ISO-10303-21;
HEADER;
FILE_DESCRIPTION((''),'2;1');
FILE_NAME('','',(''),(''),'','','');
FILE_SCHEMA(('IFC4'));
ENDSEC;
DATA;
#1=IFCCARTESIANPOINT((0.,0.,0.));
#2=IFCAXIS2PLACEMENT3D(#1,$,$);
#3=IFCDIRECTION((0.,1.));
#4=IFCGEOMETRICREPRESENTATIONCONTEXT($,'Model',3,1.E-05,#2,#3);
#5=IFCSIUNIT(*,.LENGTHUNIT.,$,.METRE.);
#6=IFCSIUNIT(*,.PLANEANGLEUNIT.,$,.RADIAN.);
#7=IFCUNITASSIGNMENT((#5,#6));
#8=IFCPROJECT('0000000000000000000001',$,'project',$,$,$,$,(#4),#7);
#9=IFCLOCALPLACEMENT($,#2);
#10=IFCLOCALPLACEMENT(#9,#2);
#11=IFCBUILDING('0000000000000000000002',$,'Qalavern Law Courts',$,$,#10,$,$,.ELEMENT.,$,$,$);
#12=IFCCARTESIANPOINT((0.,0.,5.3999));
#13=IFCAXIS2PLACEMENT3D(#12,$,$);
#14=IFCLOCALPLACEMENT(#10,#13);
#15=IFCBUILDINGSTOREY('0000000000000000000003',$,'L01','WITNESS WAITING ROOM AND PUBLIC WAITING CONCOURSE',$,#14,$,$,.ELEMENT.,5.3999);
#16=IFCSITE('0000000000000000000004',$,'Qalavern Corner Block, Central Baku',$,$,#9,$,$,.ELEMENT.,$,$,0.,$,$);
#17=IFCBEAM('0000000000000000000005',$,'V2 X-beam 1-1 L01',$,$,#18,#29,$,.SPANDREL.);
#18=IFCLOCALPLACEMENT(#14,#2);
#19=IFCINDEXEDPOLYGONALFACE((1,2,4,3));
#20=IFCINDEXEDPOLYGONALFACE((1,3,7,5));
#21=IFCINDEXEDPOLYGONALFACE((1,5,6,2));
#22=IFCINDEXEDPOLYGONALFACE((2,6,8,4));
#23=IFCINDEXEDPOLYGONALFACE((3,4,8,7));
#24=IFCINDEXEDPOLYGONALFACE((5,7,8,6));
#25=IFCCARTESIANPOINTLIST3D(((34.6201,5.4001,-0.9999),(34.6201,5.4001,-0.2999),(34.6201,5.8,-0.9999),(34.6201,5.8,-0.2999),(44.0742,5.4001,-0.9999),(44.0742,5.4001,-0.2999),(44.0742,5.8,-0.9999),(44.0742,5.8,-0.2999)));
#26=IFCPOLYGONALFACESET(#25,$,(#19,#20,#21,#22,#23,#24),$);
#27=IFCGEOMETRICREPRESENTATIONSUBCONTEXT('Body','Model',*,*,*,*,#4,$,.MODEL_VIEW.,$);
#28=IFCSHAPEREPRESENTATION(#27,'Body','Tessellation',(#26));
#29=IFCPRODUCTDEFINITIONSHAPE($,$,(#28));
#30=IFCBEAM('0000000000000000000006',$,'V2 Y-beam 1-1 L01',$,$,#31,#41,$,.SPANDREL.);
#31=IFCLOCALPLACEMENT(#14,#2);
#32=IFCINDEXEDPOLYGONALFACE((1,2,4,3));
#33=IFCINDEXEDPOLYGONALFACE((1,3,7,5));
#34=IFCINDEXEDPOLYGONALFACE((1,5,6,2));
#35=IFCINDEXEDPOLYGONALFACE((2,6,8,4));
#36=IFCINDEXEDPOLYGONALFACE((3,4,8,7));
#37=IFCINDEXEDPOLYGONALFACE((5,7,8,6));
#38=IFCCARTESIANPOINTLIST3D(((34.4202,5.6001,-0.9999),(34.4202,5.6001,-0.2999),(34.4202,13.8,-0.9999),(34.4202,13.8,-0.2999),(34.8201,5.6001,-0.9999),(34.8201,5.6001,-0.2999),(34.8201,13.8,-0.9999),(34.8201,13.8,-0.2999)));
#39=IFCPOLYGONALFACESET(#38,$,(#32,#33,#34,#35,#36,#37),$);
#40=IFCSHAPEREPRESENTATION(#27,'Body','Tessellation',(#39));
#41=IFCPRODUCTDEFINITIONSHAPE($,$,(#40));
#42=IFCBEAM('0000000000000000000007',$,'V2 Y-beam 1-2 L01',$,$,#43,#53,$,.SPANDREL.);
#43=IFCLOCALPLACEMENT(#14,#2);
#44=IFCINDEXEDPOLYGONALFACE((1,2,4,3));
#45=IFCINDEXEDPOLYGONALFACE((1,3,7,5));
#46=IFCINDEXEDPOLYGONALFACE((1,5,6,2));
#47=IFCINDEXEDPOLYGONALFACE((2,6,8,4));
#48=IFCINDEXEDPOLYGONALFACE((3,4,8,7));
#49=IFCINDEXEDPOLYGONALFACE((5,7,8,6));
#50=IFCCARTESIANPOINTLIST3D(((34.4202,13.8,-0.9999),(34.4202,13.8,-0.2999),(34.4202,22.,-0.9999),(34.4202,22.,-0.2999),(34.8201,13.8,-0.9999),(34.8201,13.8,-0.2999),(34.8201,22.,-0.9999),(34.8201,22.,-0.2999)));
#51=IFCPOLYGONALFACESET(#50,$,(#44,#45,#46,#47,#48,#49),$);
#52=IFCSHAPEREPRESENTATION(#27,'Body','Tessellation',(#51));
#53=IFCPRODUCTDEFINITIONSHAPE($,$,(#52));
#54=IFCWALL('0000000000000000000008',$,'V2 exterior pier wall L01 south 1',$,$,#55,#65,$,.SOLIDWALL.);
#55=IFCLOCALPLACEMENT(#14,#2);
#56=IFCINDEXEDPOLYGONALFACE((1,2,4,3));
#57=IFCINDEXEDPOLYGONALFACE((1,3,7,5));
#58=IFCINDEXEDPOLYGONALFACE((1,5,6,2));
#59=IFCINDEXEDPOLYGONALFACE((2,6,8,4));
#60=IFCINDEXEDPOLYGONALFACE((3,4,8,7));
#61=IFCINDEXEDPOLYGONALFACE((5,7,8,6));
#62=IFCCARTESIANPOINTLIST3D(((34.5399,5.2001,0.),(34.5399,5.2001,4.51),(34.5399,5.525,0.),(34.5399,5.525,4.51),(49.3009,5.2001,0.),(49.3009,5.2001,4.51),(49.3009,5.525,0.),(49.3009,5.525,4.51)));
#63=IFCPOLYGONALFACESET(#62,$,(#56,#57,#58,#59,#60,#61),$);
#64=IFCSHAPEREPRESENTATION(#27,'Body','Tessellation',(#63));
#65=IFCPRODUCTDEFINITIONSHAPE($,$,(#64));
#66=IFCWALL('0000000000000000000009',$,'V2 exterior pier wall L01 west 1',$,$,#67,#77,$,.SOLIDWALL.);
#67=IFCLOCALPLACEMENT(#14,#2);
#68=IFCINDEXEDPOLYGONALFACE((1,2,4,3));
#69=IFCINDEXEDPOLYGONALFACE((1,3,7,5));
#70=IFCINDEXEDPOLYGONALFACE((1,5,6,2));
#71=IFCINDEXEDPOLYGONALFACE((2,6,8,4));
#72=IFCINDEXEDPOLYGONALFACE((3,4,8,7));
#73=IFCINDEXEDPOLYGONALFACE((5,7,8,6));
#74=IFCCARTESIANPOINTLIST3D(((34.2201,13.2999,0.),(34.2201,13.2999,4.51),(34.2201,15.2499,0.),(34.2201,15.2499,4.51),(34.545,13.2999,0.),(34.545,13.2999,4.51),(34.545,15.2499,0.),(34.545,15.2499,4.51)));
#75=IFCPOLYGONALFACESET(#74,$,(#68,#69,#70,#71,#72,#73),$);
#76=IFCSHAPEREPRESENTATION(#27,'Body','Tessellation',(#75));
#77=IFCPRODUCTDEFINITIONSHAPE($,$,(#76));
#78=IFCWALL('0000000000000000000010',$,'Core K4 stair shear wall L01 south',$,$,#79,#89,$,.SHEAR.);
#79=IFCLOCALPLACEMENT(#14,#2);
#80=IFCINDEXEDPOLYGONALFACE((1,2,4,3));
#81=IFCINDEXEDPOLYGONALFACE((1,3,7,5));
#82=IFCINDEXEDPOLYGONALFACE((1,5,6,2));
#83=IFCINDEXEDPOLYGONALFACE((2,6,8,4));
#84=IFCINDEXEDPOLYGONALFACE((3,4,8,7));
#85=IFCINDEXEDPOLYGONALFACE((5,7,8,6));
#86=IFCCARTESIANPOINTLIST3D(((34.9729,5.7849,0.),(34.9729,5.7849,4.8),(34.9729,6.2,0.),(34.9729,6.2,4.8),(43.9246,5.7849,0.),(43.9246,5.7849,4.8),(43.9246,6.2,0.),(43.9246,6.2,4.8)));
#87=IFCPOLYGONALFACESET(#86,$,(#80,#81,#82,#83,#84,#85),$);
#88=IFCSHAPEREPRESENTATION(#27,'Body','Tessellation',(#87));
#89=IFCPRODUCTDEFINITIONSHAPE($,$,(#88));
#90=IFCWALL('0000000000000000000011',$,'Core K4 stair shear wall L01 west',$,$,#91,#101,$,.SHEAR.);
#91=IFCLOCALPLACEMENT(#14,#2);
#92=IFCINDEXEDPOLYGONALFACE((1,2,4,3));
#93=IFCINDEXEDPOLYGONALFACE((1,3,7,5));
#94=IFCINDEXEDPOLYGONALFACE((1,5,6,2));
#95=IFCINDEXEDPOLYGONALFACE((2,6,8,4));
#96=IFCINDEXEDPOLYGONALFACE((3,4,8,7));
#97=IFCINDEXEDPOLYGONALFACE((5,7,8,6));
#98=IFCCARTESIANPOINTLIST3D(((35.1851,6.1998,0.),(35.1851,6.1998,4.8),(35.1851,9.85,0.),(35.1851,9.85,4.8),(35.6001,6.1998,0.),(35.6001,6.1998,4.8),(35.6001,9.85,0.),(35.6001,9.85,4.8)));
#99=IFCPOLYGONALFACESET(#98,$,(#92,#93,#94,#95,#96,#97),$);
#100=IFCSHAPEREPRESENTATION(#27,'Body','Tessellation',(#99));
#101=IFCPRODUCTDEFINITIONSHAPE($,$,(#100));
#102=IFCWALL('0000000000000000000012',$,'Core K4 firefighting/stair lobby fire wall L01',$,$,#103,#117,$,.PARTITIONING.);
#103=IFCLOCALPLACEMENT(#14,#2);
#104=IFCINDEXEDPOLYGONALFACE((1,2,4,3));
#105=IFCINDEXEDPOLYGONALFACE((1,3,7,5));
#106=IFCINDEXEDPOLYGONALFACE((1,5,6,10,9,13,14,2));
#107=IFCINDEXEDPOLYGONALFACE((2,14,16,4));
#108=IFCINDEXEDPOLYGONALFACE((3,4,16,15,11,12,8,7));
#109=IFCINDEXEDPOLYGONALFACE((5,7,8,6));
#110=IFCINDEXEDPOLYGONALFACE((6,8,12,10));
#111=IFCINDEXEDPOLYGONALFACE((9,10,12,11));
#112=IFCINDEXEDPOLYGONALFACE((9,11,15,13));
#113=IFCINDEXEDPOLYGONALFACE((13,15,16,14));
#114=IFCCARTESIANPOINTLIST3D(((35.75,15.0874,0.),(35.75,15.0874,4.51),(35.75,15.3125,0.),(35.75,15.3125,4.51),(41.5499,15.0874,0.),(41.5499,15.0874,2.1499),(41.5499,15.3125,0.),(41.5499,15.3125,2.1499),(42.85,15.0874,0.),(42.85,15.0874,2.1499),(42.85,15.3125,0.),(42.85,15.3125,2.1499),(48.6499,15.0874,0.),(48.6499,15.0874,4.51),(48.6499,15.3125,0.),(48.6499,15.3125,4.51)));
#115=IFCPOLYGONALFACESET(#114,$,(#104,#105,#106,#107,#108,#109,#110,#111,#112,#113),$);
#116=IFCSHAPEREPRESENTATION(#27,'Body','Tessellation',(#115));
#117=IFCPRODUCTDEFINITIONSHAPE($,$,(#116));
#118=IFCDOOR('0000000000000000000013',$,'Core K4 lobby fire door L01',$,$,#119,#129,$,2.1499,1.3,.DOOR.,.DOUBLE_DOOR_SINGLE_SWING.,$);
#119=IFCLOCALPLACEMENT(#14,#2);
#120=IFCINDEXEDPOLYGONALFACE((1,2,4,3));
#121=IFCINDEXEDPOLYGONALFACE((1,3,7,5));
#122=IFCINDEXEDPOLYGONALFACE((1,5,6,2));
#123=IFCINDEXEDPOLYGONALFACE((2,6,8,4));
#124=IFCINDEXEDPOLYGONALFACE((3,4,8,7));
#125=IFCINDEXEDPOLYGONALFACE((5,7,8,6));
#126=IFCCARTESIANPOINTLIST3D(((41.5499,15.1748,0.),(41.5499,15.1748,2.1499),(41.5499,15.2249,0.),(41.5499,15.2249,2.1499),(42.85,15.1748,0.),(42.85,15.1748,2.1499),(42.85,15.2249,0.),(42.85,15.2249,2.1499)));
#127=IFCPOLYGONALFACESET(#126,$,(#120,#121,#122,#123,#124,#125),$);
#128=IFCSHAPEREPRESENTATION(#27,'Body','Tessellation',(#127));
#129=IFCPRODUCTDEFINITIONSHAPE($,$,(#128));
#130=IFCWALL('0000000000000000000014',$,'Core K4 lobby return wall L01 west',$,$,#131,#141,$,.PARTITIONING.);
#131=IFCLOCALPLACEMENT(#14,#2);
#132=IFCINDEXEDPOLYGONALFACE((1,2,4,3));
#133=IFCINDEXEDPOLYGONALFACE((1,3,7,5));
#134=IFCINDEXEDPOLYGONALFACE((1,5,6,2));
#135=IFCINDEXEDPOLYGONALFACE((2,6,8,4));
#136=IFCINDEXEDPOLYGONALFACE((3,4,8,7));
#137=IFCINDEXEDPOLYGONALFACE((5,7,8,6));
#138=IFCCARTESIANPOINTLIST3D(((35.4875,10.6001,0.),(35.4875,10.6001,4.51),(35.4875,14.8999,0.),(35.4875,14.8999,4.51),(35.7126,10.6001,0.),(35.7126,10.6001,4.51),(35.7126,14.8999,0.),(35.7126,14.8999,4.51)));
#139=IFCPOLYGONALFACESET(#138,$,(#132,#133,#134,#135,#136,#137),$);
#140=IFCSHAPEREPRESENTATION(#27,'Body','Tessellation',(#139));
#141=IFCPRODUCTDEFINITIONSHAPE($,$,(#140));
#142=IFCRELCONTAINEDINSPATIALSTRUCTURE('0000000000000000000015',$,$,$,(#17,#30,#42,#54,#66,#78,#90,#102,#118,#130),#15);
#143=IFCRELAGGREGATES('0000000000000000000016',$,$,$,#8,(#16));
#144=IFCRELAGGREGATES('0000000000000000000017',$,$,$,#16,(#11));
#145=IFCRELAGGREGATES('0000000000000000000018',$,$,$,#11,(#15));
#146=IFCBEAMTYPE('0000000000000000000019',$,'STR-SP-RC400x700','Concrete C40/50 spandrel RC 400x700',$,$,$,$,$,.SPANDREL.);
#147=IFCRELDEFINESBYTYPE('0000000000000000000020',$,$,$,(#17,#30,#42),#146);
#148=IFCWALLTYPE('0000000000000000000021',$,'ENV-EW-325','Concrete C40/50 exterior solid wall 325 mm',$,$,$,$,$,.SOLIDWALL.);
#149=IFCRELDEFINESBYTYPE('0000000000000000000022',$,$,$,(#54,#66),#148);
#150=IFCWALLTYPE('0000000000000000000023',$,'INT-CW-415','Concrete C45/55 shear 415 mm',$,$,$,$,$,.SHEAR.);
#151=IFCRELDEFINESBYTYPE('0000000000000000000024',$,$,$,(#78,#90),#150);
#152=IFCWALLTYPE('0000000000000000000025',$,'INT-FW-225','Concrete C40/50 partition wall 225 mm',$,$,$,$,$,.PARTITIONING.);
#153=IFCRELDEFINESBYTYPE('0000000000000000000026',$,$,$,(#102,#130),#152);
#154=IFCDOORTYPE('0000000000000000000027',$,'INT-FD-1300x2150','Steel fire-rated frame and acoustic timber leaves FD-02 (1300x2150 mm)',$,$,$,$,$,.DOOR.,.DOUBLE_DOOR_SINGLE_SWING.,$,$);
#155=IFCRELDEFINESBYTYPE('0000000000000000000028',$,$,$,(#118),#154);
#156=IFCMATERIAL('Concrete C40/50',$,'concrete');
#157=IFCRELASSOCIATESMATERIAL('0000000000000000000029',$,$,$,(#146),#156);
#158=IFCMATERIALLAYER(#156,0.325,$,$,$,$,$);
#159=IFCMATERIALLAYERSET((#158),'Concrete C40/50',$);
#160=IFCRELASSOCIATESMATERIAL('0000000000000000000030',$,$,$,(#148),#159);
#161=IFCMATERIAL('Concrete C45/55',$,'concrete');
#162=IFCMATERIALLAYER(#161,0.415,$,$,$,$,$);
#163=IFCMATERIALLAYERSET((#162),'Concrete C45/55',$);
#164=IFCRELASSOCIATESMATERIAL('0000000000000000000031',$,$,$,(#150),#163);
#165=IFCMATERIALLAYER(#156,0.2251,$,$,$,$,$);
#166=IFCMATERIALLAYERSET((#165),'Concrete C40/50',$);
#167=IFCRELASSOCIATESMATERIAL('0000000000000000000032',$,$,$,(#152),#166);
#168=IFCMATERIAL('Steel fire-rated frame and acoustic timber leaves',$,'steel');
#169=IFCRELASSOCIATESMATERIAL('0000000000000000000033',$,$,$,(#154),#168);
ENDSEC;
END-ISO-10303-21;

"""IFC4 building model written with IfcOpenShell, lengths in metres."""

from ifc_helpers import new_model, si_unit, direction, frame, frame_2d, origin, origin_2d, place, context, subcontext, project, spatial, rectangle, extrude, material, layer, layer_set, material_profile, profile_set, type_object, element, fill, save


model = new_model("IFC4")

# Units and contexts
model_context = context("Model", 3, precision=1e-05, world=origin(), true_north=direction((0.0, 1.0)))
body_context = subcontext(model_context, "Body", "Model", "MODEL_VIEW")
ifc_project = project(units=[si_unit("LENGTHUNIT", "METRE"), si_unit("PLANEANGLEUNIT", "RADIAN")], contexts=[model_context])

# Site, building, storey
site_placement = place(None, origin())
site = spatial("IfcSite", under=ifc_project, at=site_placement, Name="Qalavern Corner Block, Central Baku", CompositionType="ELEMENT", RefElevation=0.0)
building_placement = place(site_placement, origin())
building = spatial("IfcBuilding", under=site, at=building_placement, Name="Qalavern Law Courts", CompositionType="ELEMENT")
storey_placement = place(building_placement, frame((0.0, 0.0, 5.3999)))
storey = spatial("IfcBuildingStorey", under=building, at=storey_placement, Name="L01", Description="WITNESS WAITING ROOM AND PUBLIC WAITING CONCOURSE", CompositionType="ELEMENT", Elevation=5.3999)

# Shared definitions
ifc_material_1 = material(Name="Concrete C45/55", Category="concrete")

# Beams
ifc_material_2 = material(Name="Concrete C40/50", Category="concrete")
ifc_material_profile_1 = material_profile(ifc_material_2, rectangle(XDim=0.3999, YDim=0.7, at=origin_2d()), Name="RC 400x700")
ifc_profile_set_1 = profile_set([ifc_material_profile_1], Name="Concrete C40/50")
beam_type_1 = type_object("IfcBeamType", Name="STR-SP-RC400x700", Description="Concrete C40/50 spandrel RC 400x700", PredefinedType="SPANDREL", material=ifc_profile_set_1)
beam_1_placement = place(storey_placement, frame((34.6201, 5.6001, -0.6499), z_axis=(1.0, 0.0, 0.0), x_axis=(0.0, 1.0, 0.0)))
element("IfcBeam", 1, at=beam_1_placement, inside=storey, type_object=beam_type_1, Name="V2 X-beam 1-1 L01", PredefinedType="SPANDREL", context=body_context, shape_type="SweptSolid", body=[
    extrude(rectangle(XDim=0.3999, YDim=0.7, at=origin_2d()), origin(), (0.0, 0.0, 1.0), 9.4541),
])
for number, where, z_axis, x_axis, name in (
    (2, (34.6201, 5.6001, -0.6499), (0.0, 1.0, 0.0), (-1.0, 0.0, 0.0), "V2 Y-beam 1-1 L01"),
    (3, (34.6201, 13.8, -0.6499), (0.0, 1.0, 0.0), (-1.0, 0.0, 0.0), "V2 Y-beam 1-2 L01"),
):
    element("IfcBeam", number, at=place(storey_placement, frame(where, z_axis=z_axis, x_axis=x_axis)), inside=storey, type_object=beam_type_1, Name=name, PredefinedType="SPANDREL", context=body_context, shape_type="SweptSolid", body=[
        extrude(rectangle(XDim=0.3999, YDim=0.7, at=origin_2d()), origin(), (0.0, 0.0, 1.0), 8.2),
    ])

# Walls
ifc_layer_1 = layer(ifc_material_2, 0.325)
ifc_layer_set_1 = layer_set([ifc_layer_1], Name="Concrete C40/50")
wall_type_1 = type_object("IfcWallType", Name="ENV-EW-325", Description="Concrete C40/50 exterior solid wall 325 mm", PredefinedType="SOLIDWALL", material=ifc_layer_set_1)
wall_1_placement = place(storey_placement, frame((34.54, 5.3625, 0.0), z_axis=(0.0, 0.0, 1.0), x_axis=(1.0, 0.0, 0.0)))
element("IfcWall", 4, at=wall_1_placement, inside=storey, type_object=wall_type_1, Name="V2 exterior pier wall L01 south 1", PredefinedType="SOLIDWALL", context=body_context, shape_type="SweptSolid", body=[
    extrude(rectangle(XDim=14.761, YDim=0.325, at=frame_2d((7.3804, 0.0))), origin(), (0.0, 0.0, 1.0), 4.51),
])
wall_2_placement = place(storey_placement, frame((34.3826, 15.25, 0.0), z_axis=(0.0, 0.0, 1.0), x_axis=(0.0, -1.0, 0.0)))
element("IfcWall", 5, at=wall_2_placement, inside=storey, type_object=wall_type_1, Name="V2 exterior pier wall L01 west 1", PredefinedType="SOLIDWALL", context=body_context, shape_type="SweptSolid", body=[
    extrude(rectangle(XDim=1.95, YDim=0.325, at=frame_2d((0.9751, 0.0))), origin(), (0.0, 0.0, 1.0), 4.51),
])
ifc_layer_2 = layer(ifc_material_1, 0.415)
ifc_layer_set_2 = layer_set([ifc_layer_2], Name="Concrete C45/55")
wall_type_2 = type_object("IfcWallType", Name="INT-CW-415", Description="Concrete C45/55 shear 415 mm", PredefinedType="SHEAR", material=ifc_layer_set_2)
wall_3_placement = place(storey_placement, frame((34.9729, 5.9924, 0.0), z_axis=(0.0, 0.0, 1.0), x_axis=(1.0, 0.0, 0.0)))
element("IfcWall", 6, at=wall_3_placement, inside=storey, type_object=wall_type_2, Name="Core K4 stair shear wall L01 south", PredefinedType="SHEAR", context=body_context, shape_type="SweptSolid", body=[
    extrude(rectangle(XDim=8.9517, YDim=0.415, at=frame_2d((4.4758, 0.0))), origin(), (0.0, 0.0, 1.0), 4.8),
])
wall_4_placement = place(storey_placement, frame((35.3926, 9.8501, 0.0), z_axis=(0.0, 0.0, 1.0), x_axis=(0.0, -1.0, 0.0)))
element("IfcWall", 7, at=wall_4_placement, inside=storey, type_object=wall_type_2, Name="Core K4 stair shear wall L01 west", PredefinedType="SHEAR", context=body_context, shape_type="SweptSolid", body=[
    extrude(rectangle(XDim=3.6501, YDim=0.415, at=frame_2d((1.8252, 0.0))), origin(), (0.0, 0.0, 1.0), 4.8),
])

# Wall, opening, door
ifc_layer_3 = layer(ifc_material_2, 0.2251)
ifc_layer_set_3 = layer_set([ifc_layer_3], Name="Concrete C40/50")
wall_type_3 = type_object("IfcWallType", Name="INT-FW-225", Description="Concrete C40/50 partition wall 225 mm", PredefinedType="PARTITIONING", material=ifc_layer_set_3)
wall_5_placement = place(storey_placement, frame((35.75, 15.2, 0.0), z_axis=(0.0, 0.0, 1.0), x_axis=(1.0, 0.0, 0.0)))
wall_5 = element("IfcWall", 8, at=wall_5_placement, inside=storey, type_object=wall_type_3, Name="Core K4 firefighting/stair lobby fire wall L01", PredefinedType="PARTITIONING", context=body_context, shape_type="SweptSolid", body=[
    extrude(rectangle(XDim=12.8999, YDim=0.2251, at=frame_2d((6.45, 0.0))), origin(), (0.0, 0.0, 1.0), 4.51),
])
opening_placement = place(wall_5_placement, frame((5.8, 0.0, 0.0)))
opening = element("IfcOpeningElement", 9, at=opening_placement, cuts=wall_5, PredefinedType="OPENING", context=body_context, shape_type="SweptSolid", body=[
    extrude(rectangle(XDim=1.3, YDim=2.1499, at=frame_2d((0.6499, 1.075))), frame((0.0, 0.1274, 0.0), z_axis=(0.0, -1.0, 0.0), x_axis=(1.0, 0.0, 0.0)), (0.0, 0.0, 1.0), 0.2549),
])
ifc_material_3 = material(Name="Steel fire-rated frame and acoustic timber leaves", Category="steel")
door_type = type_object("IfcDoorType", Name="INT-FD-1300x2150", Description="Steel fire-rated frame and acoustic timber leaves FD-02 (1300x2150 mm)", OperationType="DOUBLE_DOOR_SINGLE_SWING", PredefinedType="DOOR", material=ifc_material_3)
door_placement = place(opening_placement, origin())
door = element("IfcDoor", 10, at=door_placement, inside=storey, type_object=door_type, Name="Core K4 lobby fire door L01", OperationType="DOUBLE_DOOR_SINGLE_SWING", OverallHeight=2.1499, OverallWidth=1.3, PredefinedType="DOOR", context=body_context, shape_type="SweptSolid", body=[
    extrude(rectangle(XDim=1.3, YDim=2.1499, at=frame_2d((0.6499, 1.075))), frame((0.0, 0.0249, 0.0), z_axis=(0.0, -1.0, 0.0), x_axis=(1.0, 0.0, 0.0)), (0.0, 0.0, 1.0), 0.05),
])
fill(opening, door)

# Wall
wall_6_placement = place(storey_placement, frame((35.6001, 10.6001, 0.0), z_axis=(0.0, 0.0, 1.0), x_axis=(0.0, 1.0, 0.0)))
element("IfcWall", 11, at=wall_6_placement, inside=storey, type_object=wall_type_3, Name="Core K4 lobby return wall L01 west", PredefinedType="PARTITIONING", context=body_context, shape_type="SweptSolid", body=[
    extrude(rectangle(XDim=4.2998, YDim=0.2251, at=frame_2d((2.1499, 0.0))), origin(), (0.0, 0.0, 1.0), 4.51),
])

save(model, "model.ifc")
